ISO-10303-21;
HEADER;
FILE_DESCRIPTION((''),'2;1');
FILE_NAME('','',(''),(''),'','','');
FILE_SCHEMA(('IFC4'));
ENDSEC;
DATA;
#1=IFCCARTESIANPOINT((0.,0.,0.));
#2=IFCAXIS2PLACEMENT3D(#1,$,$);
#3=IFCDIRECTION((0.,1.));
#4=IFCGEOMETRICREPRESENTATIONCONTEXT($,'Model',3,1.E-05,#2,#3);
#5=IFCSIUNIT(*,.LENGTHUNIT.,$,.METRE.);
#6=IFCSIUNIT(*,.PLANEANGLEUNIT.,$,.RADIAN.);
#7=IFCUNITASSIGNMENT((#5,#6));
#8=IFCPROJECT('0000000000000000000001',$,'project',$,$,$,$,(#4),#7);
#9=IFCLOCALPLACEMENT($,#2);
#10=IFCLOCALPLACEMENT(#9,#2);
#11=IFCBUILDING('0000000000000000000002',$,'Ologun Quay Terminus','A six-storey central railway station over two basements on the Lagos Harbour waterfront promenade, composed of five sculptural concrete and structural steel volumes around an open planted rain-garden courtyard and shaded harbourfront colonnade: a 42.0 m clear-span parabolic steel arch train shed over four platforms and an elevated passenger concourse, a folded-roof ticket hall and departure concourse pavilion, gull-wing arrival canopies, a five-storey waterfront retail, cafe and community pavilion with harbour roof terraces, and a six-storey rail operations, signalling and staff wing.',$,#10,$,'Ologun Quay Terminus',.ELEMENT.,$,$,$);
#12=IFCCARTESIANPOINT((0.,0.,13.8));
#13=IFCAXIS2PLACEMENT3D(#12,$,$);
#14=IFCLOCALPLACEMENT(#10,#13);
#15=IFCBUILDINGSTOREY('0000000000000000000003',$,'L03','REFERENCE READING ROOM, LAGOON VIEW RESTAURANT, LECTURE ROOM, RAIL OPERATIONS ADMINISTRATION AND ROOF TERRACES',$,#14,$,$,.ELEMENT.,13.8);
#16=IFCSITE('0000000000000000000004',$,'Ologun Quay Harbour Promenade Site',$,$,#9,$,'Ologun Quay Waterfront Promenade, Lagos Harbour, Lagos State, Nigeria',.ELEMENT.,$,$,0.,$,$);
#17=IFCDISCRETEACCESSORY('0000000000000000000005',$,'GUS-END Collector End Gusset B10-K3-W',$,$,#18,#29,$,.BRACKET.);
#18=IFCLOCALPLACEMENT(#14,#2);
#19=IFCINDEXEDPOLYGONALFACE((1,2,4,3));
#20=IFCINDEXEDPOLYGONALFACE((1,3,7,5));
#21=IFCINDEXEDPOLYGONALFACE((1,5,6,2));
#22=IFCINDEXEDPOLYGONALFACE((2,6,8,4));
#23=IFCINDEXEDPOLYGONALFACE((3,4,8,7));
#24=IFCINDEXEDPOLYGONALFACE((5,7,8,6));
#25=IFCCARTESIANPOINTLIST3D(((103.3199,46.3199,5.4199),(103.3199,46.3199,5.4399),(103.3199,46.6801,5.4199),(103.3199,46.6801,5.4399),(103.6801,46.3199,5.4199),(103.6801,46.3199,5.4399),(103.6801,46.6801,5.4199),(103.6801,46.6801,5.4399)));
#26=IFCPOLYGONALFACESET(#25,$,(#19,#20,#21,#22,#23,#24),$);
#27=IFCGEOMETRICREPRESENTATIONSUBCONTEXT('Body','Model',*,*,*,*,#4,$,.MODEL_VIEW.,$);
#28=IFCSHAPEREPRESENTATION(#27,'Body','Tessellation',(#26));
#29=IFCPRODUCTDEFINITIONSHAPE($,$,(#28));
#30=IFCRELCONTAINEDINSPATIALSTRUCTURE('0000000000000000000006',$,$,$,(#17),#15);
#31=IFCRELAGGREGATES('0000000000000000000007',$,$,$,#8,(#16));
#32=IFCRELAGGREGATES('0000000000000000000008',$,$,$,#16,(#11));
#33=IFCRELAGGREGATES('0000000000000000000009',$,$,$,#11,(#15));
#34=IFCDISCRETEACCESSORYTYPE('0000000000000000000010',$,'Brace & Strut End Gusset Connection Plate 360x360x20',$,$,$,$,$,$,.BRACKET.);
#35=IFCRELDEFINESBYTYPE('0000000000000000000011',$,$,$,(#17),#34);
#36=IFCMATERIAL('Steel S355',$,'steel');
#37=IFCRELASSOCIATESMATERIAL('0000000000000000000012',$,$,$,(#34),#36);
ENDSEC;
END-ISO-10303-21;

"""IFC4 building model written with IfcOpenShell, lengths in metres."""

from ifc_helpers import new_model, si_unit, direction, frame, origin, origin_2d, place, context, subcontext, project, spatial, rectangle, extrude, material, type_object, element, save


model = new_model("IFC4")

# Units and contexts
model_context = context("Model", 3, precision=1e-05, world=origin(), true_north=direction((0.0, 1.0)))
body_context = subcontext(model_context, "Body", "Model", "MODEL_VIEW")
ifc_project = project(units=[si_unit("LENGTHUNIT", "METRE"), si_unit("PLANEANGLEUNIT", "RADIAN")], contexts=[model_context])

# Site, building, storey
site_placement = place(None, origin())
site = spatial("IfcSite", under=ifc_project, at=site_placement, Name="Ologun Quay Harbour Promenade Site", LongName="Ologun Quay Waterfront Promenade, Lagos Harbour, Lagos State, Nigeria", CompositionType="ELEMENT", RefElevation=0.0)
building_placement = place(site_placement, origin())
building = spatial("IfcBuilding", under=site, at=building_placement, Name="Ologun Quay Terminus", Description="A six-storey central railway station over two basements on the Lagos Harbour waterfront promenade, composed of five sculptural concrete and structural steel volumes around an open planted rain-garden courtyard and shaded harbourfront colonnade: a 42.0 m clear-span parabolic steel arch train shed over four platforms and an elevated passenger concourse, a folded-roof ticket hall and departure concourse pavilion, gull-wing arrival canopies, a five-storey waterfront retail, cafe and community pavilion with harbour roof terraces, and a six-storey rail operations, signalling and staff wing.", LongName="Ologun Quay Terminus", CompositionType="ELEMENT")
storey_placement = place(building_placement, frame((0.0, 0.0, 13.8)))
storey = spatial("IfcBuildingStorey", under=building, at=storey_placement, Name="L03", Description="REFERENCE READING ROOM, LAGOON VIEW RESTAURANT, LECTURE ROOM, RAIL OPERATIONS ADMINISTRATION AND ROOF TERRACES", CompositionType="ELEMENT", Elevation=13.8)

# Discrete accessory
ifc_material_1 = material(Name="Steel S355", Category="steel")
discrete_accessory_type = type_object("IfcDiscreteAccessoryType", Name="Brace & Strut End Gusset Connection Plate 360x360x20", PredefinedType="BRACKET", material=ifc_material_1)
for number, where, z_axis, x_axis, name in (
    (1, (103.5, 46.5, 5.4199), (0.0, 0.0, 1.0), (1.0, 0.0, 0.0), "GUS-END Collector End Gusset B10-K3-W"),
):
    element("IfcDiscreteAccessory", number, at=place(storey_placement, frame(where, z_axis=z_axis, x_axis=x_axis)), inside=storey, type_object=discrete_accessory_type, Name=name, PredefinedType="BRACKET", context=body_context, shape_type="SweptSolid", body=[
        extrude(rectangle(XDim=0.3601, YDim=0.3601, at=origin_2d()), origin(), (0.0, 0.0, 1.0), 0.02),
    ])

save(model, "model.ifc")
